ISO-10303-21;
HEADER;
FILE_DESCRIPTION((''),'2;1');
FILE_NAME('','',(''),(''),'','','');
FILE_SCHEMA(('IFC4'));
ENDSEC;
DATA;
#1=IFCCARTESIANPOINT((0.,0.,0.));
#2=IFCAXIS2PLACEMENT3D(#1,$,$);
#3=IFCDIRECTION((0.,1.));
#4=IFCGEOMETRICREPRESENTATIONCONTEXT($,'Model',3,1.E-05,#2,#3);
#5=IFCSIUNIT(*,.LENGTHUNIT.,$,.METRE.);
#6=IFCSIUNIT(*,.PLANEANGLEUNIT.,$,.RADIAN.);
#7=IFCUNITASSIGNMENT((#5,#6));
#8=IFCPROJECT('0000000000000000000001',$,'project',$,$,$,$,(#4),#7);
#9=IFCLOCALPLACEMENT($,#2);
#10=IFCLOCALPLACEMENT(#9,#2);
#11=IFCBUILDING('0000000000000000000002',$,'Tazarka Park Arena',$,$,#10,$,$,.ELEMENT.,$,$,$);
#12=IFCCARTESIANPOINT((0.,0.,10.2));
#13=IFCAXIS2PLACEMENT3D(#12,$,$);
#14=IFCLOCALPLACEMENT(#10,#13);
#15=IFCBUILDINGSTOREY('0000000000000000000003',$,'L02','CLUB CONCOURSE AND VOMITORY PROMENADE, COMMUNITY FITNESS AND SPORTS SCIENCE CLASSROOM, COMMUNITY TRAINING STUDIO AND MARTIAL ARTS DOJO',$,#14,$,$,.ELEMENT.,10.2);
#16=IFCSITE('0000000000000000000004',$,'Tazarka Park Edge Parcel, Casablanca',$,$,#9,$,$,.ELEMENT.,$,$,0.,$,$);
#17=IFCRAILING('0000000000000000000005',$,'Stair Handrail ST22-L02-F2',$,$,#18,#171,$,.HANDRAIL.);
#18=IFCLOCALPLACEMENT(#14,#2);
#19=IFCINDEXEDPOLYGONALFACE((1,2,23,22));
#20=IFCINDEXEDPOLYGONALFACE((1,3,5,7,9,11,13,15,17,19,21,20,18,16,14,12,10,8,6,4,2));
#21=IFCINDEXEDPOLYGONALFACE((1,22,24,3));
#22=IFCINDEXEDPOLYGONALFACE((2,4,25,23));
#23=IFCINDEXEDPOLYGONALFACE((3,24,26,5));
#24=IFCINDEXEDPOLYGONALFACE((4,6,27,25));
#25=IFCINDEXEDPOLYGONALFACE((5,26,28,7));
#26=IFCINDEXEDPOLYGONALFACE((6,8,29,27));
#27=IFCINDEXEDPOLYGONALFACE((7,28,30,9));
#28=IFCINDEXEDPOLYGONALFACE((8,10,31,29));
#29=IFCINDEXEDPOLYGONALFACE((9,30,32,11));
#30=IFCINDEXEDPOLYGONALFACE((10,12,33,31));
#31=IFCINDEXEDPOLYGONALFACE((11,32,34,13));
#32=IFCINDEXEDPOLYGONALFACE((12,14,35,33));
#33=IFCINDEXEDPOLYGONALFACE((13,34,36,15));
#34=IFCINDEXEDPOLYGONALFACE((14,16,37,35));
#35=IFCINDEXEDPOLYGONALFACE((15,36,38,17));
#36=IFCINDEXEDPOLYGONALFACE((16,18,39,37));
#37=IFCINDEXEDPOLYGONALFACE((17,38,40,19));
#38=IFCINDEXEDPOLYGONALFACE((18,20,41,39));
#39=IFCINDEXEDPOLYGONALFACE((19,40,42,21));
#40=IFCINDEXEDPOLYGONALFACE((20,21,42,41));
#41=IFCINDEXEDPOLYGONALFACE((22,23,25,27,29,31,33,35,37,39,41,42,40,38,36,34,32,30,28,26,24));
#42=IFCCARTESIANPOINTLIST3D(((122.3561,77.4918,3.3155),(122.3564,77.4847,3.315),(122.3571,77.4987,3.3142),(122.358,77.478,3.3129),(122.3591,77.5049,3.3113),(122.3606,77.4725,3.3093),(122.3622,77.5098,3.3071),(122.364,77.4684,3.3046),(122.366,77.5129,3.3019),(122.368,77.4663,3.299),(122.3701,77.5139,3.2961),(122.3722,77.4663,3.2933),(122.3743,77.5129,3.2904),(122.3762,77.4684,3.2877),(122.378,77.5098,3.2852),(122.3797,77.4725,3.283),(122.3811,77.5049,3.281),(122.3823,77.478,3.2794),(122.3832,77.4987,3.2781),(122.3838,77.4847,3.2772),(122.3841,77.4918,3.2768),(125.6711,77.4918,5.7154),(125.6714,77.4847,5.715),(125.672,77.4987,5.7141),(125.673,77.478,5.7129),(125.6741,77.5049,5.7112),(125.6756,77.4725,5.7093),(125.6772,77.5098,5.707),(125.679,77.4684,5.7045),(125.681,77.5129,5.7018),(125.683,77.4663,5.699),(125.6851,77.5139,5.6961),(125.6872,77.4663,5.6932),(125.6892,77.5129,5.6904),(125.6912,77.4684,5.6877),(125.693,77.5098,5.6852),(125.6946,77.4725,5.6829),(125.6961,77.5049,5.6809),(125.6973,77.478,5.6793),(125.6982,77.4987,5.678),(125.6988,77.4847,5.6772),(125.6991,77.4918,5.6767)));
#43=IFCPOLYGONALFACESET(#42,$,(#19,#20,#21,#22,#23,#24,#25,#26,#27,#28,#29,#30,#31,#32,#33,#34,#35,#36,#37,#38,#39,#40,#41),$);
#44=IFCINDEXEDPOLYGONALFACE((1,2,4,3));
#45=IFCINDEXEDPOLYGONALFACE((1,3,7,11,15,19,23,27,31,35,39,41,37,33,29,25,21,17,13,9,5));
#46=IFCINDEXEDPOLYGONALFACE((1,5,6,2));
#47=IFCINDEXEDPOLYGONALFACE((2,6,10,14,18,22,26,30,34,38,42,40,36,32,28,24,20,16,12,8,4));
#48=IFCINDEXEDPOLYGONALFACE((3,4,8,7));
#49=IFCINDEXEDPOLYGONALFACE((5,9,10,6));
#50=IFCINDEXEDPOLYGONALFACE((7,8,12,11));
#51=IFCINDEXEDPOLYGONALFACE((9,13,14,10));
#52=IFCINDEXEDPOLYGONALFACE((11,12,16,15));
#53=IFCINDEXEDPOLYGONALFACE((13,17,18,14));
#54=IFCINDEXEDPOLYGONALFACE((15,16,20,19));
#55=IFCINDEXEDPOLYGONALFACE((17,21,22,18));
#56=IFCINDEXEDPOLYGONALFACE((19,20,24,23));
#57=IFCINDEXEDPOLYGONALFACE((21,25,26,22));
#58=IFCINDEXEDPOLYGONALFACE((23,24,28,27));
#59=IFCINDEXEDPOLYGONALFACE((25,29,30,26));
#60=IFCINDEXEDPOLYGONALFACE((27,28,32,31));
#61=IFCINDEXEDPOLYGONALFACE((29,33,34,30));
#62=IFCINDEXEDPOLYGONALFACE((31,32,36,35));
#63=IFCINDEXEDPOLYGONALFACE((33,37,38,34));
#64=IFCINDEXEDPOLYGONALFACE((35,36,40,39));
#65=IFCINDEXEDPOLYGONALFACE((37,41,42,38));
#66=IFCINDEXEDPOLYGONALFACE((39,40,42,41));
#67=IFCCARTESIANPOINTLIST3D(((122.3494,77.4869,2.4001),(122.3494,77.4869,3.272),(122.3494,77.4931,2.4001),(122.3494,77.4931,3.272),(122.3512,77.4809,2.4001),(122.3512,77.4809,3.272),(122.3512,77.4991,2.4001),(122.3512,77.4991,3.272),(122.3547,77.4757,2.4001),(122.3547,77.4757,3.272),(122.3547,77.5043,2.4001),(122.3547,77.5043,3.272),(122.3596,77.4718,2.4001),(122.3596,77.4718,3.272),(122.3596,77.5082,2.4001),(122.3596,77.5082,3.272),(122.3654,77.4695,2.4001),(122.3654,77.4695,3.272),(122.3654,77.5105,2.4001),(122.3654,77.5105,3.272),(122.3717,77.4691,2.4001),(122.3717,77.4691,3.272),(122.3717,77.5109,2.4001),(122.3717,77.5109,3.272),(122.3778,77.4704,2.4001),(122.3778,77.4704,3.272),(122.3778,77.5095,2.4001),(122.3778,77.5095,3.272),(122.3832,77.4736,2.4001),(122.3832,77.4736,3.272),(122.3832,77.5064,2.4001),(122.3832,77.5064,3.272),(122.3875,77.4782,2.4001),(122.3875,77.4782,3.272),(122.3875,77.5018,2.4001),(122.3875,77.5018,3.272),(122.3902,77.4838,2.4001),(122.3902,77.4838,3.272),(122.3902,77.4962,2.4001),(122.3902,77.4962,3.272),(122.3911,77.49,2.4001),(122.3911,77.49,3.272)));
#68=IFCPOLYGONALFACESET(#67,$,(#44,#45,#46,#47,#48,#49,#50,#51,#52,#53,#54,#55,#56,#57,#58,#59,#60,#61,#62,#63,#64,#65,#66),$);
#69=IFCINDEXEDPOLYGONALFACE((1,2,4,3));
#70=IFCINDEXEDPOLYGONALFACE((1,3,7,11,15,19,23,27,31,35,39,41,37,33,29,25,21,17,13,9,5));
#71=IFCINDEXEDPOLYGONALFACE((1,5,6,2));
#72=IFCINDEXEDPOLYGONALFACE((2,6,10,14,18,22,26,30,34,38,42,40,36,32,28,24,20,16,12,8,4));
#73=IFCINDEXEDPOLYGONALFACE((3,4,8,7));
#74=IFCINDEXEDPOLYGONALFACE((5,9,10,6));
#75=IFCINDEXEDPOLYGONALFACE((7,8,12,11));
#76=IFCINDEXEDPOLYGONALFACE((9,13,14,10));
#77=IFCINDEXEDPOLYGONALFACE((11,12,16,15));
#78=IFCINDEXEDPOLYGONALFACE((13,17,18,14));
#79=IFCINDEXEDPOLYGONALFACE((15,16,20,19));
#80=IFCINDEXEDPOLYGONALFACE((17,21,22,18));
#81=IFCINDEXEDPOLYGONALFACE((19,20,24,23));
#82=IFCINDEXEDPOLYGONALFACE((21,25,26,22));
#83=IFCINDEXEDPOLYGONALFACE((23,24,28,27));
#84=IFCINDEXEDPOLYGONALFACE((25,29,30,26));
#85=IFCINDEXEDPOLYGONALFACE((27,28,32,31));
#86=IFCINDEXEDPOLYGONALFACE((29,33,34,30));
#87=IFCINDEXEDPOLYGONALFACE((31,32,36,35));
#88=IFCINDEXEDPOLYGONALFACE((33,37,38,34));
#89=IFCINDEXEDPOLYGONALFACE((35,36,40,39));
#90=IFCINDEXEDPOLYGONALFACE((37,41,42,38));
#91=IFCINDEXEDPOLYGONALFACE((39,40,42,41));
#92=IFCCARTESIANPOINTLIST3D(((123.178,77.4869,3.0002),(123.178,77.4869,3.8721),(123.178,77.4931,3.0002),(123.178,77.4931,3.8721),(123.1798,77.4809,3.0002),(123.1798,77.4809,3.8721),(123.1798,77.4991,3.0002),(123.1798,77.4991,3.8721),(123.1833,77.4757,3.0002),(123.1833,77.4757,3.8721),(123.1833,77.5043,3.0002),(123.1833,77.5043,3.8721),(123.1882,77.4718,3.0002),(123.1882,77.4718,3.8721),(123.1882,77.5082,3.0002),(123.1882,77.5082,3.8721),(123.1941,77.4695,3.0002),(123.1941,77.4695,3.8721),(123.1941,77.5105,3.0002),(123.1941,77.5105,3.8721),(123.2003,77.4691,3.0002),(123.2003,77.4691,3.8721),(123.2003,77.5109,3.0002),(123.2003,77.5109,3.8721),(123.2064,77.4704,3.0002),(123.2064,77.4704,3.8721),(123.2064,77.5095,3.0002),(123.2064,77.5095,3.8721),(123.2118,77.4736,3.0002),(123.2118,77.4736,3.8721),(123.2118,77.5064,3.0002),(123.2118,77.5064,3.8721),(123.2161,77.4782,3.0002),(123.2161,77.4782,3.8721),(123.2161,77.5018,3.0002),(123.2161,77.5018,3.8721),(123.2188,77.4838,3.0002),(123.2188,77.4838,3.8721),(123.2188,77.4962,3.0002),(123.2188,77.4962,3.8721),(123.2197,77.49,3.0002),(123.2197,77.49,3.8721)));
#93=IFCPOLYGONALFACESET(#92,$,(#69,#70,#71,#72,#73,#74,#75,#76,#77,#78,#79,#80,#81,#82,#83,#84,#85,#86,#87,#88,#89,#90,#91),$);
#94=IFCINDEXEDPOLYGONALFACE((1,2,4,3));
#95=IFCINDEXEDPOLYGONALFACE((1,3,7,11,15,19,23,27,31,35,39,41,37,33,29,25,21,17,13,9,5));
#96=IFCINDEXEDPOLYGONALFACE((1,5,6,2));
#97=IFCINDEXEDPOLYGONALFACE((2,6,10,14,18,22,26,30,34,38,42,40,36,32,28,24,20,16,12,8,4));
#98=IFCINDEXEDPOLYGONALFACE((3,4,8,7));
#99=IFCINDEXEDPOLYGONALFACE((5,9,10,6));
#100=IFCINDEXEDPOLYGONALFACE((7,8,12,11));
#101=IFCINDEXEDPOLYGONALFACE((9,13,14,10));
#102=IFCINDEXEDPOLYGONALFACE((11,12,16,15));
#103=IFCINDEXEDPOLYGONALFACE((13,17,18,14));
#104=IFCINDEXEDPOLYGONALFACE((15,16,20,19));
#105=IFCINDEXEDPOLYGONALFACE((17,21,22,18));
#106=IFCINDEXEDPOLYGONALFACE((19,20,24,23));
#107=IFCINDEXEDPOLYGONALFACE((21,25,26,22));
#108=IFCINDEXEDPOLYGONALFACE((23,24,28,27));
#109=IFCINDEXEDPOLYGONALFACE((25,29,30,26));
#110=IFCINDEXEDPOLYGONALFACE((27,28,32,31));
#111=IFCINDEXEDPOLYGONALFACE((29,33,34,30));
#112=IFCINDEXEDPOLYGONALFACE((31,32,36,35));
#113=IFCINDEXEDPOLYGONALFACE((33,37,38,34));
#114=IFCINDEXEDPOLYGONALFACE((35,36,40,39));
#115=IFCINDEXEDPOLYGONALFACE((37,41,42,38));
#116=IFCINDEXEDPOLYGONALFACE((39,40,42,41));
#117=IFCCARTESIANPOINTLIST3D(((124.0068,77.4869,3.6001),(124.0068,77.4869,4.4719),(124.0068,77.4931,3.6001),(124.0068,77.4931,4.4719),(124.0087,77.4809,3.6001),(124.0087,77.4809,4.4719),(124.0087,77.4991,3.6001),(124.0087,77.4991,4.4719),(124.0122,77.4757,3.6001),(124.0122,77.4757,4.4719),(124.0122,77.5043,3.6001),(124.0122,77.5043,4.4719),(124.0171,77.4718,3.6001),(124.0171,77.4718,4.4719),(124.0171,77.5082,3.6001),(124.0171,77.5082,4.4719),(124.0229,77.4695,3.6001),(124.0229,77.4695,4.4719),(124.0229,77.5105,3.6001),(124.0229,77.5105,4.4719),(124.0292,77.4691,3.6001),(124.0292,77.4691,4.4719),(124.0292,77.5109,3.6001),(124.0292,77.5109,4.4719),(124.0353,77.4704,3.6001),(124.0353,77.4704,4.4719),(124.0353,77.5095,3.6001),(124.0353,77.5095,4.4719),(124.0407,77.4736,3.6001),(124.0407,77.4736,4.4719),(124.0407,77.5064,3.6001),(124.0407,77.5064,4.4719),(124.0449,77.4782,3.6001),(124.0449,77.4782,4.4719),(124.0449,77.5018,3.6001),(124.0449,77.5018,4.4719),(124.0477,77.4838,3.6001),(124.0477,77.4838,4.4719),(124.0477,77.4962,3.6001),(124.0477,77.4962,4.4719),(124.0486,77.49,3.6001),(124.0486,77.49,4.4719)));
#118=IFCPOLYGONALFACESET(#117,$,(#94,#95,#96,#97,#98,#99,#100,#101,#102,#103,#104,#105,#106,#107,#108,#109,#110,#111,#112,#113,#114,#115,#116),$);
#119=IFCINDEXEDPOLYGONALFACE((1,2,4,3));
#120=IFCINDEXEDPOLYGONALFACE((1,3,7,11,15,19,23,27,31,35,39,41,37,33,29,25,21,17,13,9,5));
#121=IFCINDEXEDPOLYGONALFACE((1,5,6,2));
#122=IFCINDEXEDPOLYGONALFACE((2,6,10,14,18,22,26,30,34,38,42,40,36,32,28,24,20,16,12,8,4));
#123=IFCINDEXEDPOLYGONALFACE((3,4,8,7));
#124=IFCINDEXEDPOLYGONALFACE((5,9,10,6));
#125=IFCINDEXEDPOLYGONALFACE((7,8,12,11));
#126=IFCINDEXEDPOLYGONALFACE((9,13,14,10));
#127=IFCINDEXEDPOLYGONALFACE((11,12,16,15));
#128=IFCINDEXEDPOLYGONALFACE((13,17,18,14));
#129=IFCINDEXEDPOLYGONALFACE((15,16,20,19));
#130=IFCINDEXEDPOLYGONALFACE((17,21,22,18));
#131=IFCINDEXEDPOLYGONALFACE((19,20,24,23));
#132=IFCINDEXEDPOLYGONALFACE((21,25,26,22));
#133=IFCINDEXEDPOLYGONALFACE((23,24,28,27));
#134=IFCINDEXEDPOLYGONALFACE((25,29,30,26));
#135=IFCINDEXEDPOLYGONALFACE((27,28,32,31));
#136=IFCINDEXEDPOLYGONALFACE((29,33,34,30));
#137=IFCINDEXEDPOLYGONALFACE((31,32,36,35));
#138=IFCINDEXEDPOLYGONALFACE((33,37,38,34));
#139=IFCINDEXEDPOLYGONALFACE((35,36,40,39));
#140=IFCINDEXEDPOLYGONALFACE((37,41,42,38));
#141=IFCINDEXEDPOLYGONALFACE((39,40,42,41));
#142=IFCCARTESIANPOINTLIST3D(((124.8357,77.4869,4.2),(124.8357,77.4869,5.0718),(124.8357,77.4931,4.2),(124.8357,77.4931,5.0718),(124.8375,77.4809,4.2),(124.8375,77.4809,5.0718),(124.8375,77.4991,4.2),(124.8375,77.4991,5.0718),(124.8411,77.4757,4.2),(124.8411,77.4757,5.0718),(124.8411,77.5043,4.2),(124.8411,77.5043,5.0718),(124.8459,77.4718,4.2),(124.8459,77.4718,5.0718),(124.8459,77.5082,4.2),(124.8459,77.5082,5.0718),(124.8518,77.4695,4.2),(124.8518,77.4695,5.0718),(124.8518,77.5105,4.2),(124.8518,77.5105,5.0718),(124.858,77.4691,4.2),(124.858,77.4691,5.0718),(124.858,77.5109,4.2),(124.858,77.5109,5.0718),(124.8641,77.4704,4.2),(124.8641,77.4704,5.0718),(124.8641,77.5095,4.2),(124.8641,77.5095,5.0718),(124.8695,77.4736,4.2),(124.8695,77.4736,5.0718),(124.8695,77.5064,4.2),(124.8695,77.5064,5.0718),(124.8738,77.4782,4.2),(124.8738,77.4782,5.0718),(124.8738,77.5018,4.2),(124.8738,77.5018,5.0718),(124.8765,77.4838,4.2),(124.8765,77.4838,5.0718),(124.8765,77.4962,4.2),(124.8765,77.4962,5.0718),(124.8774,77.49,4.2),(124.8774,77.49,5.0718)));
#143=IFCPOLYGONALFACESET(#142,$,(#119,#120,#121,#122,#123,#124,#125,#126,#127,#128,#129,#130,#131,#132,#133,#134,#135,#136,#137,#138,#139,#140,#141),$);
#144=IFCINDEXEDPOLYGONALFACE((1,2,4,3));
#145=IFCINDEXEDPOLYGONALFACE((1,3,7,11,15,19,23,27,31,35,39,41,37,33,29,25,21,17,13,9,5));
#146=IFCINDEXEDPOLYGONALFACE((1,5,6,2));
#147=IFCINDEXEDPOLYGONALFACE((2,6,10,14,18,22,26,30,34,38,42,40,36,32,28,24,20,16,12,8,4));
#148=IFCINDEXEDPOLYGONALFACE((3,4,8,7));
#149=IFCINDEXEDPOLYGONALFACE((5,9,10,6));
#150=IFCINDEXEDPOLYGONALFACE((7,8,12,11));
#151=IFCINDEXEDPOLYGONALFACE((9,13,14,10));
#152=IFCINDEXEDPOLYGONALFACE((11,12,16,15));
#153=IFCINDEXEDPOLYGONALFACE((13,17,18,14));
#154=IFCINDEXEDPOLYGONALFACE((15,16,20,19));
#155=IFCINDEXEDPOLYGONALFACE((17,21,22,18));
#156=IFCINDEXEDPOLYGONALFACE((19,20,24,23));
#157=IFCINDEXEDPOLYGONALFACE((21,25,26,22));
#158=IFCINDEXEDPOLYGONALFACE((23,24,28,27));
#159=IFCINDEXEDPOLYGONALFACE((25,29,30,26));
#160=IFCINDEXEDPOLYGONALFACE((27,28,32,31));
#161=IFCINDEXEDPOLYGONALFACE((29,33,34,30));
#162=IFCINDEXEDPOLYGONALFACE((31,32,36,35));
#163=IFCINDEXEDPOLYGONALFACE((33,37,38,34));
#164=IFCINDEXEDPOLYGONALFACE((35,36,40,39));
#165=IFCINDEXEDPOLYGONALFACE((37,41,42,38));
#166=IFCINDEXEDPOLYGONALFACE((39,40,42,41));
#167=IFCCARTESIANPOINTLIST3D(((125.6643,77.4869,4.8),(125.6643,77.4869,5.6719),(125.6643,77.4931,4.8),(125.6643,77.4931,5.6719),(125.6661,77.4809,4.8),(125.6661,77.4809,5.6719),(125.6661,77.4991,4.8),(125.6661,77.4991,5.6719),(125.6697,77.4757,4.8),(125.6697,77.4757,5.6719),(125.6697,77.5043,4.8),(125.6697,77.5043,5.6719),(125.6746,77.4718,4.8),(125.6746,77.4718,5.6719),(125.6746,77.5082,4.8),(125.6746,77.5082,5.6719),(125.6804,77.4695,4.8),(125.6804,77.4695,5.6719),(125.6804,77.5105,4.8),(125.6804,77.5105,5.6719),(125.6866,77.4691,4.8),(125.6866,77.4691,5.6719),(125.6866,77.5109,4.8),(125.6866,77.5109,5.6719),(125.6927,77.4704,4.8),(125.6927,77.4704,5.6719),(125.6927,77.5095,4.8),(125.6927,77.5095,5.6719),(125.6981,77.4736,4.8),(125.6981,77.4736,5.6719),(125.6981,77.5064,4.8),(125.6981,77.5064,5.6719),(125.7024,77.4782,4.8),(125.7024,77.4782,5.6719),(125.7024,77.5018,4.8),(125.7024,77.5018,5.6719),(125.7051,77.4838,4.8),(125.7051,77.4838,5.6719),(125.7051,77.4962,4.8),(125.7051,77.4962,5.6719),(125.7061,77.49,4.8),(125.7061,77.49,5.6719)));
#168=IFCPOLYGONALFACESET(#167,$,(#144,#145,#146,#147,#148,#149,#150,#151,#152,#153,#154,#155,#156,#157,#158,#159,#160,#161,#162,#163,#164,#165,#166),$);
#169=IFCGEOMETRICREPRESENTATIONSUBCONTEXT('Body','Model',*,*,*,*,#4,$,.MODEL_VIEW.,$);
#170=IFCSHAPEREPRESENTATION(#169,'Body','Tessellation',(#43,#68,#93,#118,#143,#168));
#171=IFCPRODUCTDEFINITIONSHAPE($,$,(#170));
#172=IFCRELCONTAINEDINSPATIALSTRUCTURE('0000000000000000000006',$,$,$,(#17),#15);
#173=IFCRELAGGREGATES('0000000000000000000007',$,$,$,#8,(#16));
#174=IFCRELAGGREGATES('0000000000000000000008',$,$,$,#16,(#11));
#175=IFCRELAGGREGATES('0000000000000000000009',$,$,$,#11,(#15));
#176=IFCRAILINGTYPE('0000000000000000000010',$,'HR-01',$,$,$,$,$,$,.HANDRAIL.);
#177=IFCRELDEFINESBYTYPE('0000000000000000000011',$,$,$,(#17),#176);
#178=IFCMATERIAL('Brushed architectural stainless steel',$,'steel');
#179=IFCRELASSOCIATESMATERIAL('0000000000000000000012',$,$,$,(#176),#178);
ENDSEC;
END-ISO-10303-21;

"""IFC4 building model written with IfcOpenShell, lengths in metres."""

from ifc_helpers import new_model, si_unit, direction, frame, origin, origin_2d, place, context, subcontext, project, spatial, circle, extrude, material, type_object, element, save


model = new_model("IFC4")

# Units and contexts
model_context = context("Model", 3, precision=1e-05, world=origin(), true_north=direction((0.0, 1.0)))
body_context = subcontext(model_context, "Body", "Model", "MODEL_VIEW")
ifc_project = project(units=[si_unit("LENGTHUNIT", "METRE"), si_unit("PLANEANGLEUNIT", "RADIAN")], contexts=[model_context])

# Site, building, storey
site_placement = place(None, origin())
site = spatial("IfcSite", under=ifc_project, at=site_placement, Name="Tazarka Park Edge Parcel, Casablanca", CompositionType="ELEMENT", RefElevation=0.0)
building_placement = place(site_placement, origin())
building = spatial("IfcBuilding", under=site, at=building_placement, Name="Tazarka Park Arena", CompositionType="ELEMENT")
storey_placement = place(building_placement, frame((0.0, 0.0, 10.2)))
storey = spatial("IfcBuildingStorey", under=building, at=storey_placement, Name="L02", Description="CLUB CONCOURSE AND VOMITORY PROMENADE, COMMUNITY FITNESS AND SPORTS SCIENCE CLASSROOM, COMMUNITY TRAINING STUDIO AND MARTIAL ARTS DOJO", CompositionType="ELEMENT", Elevation=10.2)

# Railing
ifc_material_1 = material(Name="Brushed architectural stainless steel", Category="steel")
railing_type_1 = type_object("IfcRailingType", Name="HR-01", PredefinedType="HANDRAIL", material=ifc_material_1)
railing_1_placement = place(storey_placement, frame((122.3701, 77.49, 2.4001)))
element("IfcRailing", 1, at=railing_1_placement, inside=storey, type_object=railing_type_1, Name="Stair Handrail ST22-L02-F2", PredefinedType="HANDRAIL", context=body_context, shape_type="SweptSolid", body=[
    extrude(circle(Radius=0.0239, at=origin_2d()), frame((0.0, 0.0, 0.896), z_axis=(0.810009, 0.0, 0.586418), x_axis=(0.0, 1.0, 0.0)), (0.0, 0.0, 1.0), 4.0925),
    extrude(circle(Radius=0.021, at=origin_2d()), origin(), (0.0, 0.0, 1.0), 0.8718),
    extrude(circle(Radius=0.021, at=origin_2d()), frame((0.8286, 0.0, 0.6001)), (0.0, 0.0, 1.0), 0.8718),
    extrude(circle(Radius=0.021, at=origin_2d()), frame((1.6575, 0.0, 1.2)), (0.0, 0.0, 1.0), 0.8718),
    extrude(circle(Radius=0.021, at=origin_2d()), frame((2.4863, 0.0, 1.7998)), (0.0, 0.0, 1.0), 0.8718),
    extrude(circle(Radius=0.021, at=origin_2d()), frame((3.3149, 0.0, 2.3999)), (0.0, 0.0, 1.0), 0.8718),
])

save(model, "model.ifc")
